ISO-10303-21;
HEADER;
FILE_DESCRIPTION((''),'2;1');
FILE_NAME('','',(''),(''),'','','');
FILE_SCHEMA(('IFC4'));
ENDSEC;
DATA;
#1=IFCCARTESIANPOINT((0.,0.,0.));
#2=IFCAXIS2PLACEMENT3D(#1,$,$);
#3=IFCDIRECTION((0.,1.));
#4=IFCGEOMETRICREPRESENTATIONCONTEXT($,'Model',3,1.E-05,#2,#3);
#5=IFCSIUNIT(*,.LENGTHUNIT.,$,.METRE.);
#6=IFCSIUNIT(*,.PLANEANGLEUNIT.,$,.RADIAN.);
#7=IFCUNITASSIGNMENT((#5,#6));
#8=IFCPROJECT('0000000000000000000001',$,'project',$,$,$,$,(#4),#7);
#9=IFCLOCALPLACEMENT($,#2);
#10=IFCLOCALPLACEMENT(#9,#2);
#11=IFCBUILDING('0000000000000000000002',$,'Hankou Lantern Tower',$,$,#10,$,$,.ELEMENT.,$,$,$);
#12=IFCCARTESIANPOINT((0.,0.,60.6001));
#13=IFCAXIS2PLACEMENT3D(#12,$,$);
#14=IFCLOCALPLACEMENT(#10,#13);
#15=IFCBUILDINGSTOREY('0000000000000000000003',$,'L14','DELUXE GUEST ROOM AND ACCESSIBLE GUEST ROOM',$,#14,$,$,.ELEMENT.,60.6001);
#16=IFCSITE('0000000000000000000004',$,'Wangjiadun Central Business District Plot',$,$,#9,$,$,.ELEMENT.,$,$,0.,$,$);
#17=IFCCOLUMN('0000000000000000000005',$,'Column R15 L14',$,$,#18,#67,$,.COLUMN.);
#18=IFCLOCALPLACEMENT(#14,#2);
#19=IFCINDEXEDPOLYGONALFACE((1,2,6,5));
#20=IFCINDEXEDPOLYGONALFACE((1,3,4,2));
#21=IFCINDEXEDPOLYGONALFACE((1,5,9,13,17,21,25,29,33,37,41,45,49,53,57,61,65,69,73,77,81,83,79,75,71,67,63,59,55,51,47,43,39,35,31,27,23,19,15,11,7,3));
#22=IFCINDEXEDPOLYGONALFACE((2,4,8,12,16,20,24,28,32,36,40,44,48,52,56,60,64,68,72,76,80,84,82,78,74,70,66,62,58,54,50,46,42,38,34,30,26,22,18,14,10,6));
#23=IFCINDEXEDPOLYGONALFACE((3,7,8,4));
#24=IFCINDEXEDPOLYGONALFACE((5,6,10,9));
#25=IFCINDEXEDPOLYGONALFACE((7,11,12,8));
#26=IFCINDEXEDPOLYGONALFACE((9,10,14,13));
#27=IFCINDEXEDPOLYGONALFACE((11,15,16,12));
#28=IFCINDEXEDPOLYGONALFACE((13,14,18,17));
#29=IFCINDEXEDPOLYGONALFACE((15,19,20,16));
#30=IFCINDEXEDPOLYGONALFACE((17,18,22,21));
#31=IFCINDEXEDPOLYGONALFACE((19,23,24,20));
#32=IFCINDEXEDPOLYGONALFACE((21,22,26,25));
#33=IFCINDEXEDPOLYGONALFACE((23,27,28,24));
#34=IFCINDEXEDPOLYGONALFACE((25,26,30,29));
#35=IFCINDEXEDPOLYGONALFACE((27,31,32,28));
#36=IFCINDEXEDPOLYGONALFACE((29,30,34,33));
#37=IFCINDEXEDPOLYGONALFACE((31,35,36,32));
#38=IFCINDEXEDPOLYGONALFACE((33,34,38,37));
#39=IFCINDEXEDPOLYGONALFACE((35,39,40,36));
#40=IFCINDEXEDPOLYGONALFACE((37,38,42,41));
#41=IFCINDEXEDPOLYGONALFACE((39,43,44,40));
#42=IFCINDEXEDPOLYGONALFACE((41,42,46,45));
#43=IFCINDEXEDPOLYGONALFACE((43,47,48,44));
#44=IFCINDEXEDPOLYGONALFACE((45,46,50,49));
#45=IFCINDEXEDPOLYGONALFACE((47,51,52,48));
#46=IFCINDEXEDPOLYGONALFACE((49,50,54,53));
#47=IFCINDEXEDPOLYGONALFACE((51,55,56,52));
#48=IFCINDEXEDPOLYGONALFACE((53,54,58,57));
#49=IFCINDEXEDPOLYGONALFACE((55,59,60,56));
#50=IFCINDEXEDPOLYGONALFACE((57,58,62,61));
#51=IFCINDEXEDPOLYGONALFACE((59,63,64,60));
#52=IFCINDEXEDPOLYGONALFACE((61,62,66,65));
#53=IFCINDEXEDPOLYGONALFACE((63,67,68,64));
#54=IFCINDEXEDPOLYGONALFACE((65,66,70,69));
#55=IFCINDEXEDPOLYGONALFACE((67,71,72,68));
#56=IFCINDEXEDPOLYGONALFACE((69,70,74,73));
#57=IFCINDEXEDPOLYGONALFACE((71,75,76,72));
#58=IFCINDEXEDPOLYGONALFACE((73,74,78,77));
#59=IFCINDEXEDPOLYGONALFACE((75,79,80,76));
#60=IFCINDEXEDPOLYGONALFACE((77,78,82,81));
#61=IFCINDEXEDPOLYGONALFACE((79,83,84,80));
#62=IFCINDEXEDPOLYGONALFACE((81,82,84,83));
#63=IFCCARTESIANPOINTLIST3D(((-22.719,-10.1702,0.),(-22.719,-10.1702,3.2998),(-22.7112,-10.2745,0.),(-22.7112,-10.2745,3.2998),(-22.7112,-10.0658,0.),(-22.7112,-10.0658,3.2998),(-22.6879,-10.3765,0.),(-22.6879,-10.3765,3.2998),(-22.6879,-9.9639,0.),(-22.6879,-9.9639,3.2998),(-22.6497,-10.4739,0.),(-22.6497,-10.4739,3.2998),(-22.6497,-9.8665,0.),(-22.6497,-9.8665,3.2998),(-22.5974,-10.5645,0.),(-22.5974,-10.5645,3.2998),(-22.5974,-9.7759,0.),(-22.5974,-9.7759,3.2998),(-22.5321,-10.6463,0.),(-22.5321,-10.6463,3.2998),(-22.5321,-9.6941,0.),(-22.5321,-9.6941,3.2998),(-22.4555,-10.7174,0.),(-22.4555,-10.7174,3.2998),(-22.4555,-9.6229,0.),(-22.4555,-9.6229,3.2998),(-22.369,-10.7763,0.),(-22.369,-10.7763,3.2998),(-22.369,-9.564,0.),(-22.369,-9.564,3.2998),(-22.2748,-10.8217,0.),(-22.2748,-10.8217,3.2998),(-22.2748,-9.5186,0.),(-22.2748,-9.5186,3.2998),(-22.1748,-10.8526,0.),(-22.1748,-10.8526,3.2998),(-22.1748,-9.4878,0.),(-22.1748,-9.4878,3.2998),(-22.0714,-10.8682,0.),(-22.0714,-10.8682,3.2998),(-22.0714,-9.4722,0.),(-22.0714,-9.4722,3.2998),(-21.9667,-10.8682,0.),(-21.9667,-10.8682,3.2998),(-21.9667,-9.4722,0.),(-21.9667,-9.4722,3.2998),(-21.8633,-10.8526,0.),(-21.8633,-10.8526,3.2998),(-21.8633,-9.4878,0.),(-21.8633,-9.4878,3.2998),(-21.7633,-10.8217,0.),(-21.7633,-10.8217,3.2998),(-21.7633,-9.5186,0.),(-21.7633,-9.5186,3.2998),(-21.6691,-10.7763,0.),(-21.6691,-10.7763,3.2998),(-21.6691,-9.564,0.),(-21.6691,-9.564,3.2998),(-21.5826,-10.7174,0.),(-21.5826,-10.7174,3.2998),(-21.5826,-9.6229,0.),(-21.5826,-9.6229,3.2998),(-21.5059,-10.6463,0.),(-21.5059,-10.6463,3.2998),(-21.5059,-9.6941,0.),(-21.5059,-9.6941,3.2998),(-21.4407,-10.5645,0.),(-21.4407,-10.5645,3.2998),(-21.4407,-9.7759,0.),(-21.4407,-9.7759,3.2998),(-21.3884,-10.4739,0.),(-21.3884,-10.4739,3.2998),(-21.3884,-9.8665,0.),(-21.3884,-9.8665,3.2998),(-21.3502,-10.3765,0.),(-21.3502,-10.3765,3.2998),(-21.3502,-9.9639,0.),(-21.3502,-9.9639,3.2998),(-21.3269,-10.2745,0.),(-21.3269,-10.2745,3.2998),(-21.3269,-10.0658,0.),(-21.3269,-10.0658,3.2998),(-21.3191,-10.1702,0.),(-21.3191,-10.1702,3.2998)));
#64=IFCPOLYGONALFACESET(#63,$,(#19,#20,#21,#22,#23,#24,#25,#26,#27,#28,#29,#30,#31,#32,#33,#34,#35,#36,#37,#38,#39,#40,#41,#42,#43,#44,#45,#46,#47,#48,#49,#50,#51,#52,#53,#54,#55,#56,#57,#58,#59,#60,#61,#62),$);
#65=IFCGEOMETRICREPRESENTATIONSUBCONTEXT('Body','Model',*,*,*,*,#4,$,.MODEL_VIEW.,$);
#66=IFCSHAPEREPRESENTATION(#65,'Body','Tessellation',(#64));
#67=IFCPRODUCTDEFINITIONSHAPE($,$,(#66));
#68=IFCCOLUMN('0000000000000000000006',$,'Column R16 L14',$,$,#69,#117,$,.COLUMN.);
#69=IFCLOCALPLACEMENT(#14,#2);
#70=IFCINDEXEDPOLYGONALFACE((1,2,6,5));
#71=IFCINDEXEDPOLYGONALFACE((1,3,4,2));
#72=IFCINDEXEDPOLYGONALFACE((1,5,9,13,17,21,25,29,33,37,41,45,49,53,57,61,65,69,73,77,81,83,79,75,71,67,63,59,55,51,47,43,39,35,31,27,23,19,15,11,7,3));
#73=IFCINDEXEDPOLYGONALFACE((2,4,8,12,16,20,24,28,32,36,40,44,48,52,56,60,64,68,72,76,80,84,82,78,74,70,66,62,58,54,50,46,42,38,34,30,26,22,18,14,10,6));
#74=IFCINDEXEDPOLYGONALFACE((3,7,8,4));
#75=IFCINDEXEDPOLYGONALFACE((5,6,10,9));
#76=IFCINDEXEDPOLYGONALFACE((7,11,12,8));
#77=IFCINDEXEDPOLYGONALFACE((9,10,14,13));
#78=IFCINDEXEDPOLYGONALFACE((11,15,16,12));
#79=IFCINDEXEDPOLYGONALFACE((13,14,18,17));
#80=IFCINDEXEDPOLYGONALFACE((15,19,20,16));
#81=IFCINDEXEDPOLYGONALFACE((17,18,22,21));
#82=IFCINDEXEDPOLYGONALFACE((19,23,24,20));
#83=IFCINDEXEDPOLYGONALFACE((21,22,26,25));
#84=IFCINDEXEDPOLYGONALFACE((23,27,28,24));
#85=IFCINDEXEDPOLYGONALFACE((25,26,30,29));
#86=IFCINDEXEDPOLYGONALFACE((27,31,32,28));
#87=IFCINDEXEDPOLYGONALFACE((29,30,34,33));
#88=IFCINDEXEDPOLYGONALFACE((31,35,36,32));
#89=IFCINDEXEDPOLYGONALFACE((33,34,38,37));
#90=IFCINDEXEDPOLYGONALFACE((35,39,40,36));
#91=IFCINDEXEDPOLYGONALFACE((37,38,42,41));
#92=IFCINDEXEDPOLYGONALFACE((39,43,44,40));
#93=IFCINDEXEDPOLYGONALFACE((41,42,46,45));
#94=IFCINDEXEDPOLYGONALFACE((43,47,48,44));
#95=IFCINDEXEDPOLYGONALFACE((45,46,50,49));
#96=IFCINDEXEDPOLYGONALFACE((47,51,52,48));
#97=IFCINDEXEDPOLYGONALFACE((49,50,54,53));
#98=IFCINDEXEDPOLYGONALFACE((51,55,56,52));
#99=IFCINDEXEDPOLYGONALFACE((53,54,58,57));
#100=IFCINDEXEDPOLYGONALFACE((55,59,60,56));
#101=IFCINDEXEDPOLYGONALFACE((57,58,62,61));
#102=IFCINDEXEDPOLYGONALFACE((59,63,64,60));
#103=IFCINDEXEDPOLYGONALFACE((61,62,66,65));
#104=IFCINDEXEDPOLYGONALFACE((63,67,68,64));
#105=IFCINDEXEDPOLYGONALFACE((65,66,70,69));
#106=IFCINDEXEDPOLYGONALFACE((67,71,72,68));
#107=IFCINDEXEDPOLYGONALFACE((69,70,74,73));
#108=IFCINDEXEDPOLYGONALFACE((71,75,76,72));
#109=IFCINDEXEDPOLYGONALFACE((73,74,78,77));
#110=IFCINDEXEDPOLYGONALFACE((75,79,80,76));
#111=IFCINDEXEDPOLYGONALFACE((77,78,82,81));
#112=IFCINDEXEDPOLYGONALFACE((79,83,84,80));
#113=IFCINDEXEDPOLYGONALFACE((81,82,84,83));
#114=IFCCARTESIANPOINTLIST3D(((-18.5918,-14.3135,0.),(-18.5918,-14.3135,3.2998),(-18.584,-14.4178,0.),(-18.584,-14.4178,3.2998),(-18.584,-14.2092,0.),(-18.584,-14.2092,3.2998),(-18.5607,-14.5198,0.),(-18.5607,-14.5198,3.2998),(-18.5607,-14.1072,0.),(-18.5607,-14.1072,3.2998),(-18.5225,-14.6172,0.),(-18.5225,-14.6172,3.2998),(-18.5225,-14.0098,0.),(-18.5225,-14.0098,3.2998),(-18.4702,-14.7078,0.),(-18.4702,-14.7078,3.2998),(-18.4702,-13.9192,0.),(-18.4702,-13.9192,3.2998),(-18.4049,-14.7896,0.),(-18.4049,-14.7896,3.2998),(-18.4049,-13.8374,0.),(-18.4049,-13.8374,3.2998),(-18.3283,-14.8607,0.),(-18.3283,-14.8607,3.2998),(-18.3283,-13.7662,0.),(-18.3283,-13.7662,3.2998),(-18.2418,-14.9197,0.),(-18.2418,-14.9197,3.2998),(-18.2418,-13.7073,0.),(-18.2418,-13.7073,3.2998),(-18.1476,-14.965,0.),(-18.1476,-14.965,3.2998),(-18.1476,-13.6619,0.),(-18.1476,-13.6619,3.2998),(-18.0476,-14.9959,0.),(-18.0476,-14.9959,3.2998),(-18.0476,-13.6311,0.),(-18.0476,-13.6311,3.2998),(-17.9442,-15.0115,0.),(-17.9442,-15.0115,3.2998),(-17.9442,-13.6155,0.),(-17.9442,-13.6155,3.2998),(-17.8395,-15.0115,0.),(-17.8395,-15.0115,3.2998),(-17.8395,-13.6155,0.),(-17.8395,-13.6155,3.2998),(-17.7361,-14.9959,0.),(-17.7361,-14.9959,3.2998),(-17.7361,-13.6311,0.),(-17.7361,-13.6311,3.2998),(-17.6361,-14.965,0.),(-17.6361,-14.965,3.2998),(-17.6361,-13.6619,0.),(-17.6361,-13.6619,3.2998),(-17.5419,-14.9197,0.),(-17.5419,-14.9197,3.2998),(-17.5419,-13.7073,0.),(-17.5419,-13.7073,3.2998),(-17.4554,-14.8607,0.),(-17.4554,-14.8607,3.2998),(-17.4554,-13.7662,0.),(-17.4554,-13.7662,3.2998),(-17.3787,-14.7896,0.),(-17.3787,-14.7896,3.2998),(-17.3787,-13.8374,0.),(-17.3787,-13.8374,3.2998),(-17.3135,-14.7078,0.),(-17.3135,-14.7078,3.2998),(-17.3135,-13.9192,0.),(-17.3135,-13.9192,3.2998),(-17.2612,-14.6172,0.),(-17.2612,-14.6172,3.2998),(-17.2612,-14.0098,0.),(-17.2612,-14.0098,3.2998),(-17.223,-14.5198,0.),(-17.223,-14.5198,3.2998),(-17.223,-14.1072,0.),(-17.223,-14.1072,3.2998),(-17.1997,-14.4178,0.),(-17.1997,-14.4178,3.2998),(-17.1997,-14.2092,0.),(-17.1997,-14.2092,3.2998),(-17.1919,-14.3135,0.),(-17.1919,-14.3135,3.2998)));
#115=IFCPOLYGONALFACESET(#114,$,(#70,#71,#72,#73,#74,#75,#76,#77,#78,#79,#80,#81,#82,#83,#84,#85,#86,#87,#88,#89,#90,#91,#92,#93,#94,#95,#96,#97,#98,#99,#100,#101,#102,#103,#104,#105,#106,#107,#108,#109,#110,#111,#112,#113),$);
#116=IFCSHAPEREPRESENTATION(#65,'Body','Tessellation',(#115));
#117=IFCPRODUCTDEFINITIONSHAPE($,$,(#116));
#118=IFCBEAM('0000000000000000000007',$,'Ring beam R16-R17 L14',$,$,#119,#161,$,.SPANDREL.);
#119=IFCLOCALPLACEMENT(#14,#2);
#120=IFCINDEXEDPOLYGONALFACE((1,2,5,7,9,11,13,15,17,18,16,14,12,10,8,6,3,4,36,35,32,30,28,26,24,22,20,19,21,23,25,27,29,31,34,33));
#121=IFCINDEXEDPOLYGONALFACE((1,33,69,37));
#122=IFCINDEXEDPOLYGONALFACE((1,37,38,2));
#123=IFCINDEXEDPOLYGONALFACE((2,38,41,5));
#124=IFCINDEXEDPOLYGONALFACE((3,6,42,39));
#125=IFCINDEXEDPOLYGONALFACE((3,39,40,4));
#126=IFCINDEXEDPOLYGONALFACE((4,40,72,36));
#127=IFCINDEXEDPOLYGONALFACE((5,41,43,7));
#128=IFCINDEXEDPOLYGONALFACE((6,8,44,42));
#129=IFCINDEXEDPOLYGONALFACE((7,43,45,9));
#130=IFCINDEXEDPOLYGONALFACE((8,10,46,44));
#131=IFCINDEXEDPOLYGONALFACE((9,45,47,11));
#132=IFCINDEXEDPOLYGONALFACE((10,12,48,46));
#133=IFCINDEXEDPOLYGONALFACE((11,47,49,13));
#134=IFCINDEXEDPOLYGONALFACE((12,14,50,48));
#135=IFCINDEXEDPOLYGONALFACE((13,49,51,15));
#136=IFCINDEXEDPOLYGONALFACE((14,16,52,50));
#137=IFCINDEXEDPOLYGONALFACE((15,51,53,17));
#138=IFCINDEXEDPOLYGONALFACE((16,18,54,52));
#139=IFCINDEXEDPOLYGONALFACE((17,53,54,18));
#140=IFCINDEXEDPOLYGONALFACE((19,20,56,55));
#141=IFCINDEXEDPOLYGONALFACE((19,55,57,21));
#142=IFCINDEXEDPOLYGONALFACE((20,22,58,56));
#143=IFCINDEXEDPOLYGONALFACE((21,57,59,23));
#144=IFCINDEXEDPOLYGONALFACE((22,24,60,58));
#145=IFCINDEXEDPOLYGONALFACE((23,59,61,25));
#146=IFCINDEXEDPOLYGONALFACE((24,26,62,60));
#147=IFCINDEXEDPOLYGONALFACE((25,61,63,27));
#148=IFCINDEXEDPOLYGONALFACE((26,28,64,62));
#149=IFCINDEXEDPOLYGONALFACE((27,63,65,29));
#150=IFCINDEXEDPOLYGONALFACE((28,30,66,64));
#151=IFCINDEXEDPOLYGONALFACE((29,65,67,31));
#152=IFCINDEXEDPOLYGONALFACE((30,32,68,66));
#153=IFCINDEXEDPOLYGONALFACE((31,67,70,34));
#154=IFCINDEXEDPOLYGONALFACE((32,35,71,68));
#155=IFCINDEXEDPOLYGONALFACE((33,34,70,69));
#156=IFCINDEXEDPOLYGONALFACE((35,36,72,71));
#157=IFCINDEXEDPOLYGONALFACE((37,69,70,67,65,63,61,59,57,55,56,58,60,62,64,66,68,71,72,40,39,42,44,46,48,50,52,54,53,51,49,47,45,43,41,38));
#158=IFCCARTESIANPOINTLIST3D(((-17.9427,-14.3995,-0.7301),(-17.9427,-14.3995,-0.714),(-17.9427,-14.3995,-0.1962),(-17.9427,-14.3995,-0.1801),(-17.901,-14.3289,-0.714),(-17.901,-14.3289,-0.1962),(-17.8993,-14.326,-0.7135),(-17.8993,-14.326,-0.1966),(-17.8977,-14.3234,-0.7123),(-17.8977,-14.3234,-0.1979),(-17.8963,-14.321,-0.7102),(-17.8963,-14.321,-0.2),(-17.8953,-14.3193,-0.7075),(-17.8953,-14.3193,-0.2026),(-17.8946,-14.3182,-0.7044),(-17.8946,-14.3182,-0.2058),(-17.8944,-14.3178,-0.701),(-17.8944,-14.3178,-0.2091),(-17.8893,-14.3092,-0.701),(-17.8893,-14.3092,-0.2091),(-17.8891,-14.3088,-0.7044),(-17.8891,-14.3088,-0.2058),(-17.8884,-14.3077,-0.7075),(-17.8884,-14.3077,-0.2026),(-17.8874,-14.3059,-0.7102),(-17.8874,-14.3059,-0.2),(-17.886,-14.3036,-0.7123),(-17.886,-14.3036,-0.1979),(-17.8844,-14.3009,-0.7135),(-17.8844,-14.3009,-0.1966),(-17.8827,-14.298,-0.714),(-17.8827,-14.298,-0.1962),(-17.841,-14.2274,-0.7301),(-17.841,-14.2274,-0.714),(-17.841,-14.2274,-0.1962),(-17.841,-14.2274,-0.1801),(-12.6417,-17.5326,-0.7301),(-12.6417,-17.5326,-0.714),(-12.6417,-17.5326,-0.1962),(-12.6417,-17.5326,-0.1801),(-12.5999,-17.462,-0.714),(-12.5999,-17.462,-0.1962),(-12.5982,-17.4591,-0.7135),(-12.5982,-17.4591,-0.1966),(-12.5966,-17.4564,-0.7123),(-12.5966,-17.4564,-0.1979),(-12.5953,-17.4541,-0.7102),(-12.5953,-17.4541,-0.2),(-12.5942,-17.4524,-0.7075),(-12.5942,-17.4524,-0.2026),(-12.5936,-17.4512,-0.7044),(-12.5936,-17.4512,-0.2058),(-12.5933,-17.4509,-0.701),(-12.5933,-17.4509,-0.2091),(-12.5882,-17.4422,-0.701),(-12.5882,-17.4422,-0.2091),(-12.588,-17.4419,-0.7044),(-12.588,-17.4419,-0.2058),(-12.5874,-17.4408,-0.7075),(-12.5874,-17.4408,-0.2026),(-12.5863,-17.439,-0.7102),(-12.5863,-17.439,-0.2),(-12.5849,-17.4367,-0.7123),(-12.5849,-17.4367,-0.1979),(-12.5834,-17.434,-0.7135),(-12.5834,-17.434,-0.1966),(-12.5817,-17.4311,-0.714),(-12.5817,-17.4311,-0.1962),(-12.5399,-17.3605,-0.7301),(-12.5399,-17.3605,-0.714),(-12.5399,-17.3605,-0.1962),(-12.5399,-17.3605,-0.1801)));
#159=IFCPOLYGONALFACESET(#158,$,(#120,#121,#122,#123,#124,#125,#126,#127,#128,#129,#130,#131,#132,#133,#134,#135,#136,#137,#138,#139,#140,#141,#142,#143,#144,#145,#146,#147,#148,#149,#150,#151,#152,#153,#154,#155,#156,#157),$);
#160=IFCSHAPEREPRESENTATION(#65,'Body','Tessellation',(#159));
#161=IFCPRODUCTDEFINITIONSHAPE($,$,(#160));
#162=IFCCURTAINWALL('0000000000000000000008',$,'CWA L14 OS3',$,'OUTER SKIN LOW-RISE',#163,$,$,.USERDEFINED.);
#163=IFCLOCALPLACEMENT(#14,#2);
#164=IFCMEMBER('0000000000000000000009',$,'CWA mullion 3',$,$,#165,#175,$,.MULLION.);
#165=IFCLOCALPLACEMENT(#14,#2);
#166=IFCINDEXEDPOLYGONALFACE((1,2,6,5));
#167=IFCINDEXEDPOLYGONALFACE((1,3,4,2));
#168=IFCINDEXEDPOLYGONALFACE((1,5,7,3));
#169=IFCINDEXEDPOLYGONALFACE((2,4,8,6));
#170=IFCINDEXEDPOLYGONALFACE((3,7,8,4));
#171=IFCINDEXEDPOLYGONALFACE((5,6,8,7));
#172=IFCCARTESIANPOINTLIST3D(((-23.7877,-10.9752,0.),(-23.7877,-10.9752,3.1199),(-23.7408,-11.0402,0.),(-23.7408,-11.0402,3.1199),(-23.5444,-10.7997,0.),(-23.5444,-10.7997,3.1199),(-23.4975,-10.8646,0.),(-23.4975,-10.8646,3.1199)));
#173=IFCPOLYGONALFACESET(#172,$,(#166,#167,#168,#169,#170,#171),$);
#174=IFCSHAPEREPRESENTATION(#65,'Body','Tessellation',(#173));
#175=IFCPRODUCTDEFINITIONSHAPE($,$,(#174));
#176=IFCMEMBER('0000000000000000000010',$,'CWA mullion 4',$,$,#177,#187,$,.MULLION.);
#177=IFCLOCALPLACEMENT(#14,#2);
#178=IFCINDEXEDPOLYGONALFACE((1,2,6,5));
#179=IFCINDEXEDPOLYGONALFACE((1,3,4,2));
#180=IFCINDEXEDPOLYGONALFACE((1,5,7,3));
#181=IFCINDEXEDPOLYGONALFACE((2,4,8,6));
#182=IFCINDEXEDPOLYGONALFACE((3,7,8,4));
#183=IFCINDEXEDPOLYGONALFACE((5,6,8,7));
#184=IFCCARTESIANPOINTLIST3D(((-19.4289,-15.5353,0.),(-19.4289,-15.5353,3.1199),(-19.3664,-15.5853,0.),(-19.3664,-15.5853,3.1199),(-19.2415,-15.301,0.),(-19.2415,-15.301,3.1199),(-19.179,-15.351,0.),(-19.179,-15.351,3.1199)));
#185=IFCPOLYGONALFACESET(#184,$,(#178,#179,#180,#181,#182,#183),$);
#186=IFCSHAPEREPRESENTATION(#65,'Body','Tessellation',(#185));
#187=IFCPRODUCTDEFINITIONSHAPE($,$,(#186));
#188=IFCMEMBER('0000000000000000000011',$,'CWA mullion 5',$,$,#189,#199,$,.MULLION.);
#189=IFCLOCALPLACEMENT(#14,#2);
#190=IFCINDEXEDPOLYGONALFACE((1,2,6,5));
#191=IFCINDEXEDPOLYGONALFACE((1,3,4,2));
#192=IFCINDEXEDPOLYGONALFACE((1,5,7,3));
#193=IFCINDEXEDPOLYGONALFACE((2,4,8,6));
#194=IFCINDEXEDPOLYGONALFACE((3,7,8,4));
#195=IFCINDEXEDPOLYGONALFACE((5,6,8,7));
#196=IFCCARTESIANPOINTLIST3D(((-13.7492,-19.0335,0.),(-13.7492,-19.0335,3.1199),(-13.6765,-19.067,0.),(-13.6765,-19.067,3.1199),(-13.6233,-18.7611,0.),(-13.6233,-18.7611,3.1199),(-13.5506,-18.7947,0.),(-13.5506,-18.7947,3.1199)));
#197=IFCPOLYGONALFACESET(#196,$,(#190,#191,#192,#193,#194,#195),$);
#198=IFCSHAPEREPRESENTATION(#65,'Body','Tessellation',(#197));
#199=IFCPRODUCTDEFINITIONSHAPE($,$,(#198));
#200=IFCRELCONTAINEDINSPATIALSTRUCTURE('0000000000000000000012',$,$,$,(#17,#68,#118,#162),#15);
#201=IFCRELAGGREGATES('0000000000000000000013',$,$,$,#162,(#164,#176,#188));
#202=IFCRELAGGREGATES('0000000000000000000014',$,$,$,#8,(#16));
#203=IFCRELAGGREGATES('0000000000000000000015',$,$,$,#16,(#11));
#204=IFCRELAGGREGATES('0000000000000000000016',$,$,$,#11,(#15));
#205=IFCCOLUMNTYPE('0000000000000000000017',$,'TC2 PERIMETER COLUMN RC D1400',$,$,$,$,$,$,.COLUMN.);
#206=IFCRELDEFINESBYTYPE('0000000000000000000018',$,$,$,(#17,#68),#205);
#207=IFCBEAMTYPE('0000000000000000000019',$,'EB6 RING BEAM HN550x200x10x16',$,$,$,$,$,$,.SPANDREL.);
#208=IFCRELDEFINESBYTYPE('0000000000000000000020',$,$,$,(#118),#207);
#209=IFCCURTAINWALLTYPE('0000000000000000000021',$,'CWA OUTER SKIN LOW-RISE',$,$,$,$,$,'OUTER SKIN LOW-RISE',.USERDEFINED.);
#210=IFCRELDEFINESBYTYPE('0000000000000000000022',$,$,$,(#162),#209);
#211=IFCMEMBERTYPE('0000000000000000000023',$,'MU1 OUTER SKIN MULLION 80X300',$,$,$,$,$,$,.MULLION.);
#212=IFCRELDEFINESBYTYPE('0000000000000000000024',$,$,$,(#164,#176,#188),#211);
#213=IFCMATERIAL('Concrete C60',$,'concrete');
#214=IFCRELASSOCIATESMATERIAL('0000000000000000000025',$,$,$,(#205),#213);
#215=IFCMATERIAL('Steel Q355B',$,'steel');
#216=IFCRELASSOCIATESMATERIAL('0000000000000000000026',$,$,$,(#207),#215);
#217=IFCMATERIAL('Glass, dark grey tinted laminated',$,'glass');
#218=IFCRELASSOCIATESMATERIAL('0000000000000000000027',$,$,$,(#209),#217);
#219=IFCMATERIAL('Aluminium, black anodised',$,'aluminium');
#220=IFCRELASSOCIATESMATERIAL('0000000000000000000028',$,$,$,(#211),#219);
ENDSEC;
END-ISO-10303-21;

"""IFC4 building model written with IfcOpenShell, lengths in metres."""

from ifc_helpers import new_model, si_unit, direction, frame, origin, origin_2d, place, context, subcontext, project, spatial, rectangle, circle, i_section, extrude, material, material_profile, profile_set, type_object, element, aggregate, save


model = new_model("IFC4")

# Units and contexts
model_context = context("Model", 3, precision=1e-05, world=origin(), true_north=direction((0.0, 1.0)))
body_context = subcontext(model_context, "Body", "Model", "MODEL_VIEW")
ifc_project = project(units=[si_unit("LENGTHUNIT", "METRE"), si_unit("PLANEANGLEUNIT", "RADIAN")], contexts=[model_context])

# Site, building, storey
site_placement = place(None, origin())
site = spatial("IfcSite", under=ifc_project, at=site_placement, Name="Wangjiadun Central Business District Plot", CompositionType="ELEMENT", RefElevation=0.0)
building_placement = place(site_placement, origin())
building = spatial("IfcBuilding", under=site, at=building_placement, Name="Hankou Lantern Tower", CompositionType="ELEMENT")
storey_placement = place(building_placement, frame((0.0, 0.0, 60.6001)))
storey = spatial("IfcBuildingStorey", under=building, at=storey_placement, Name="L14", Description="DELUXE GUEST ROOM AND ACCESSIBLE GUEST ROOM", CompositionType="ELEMENT", Elevation=60.6001)

# Columns
ifc_material_1 = material(Name="Concrete C60", Category="concrete")
ifc_material_profile_1 = material_profile(ifc_material_1, circle(Radius=0.7, at=origin_2d()), Name="RC D1400")
ifc_profile_set_1 = profile_set([ifc_material_profile_1], Name="Concrete C60")
column_type = type_object("IfcColumnType", Name="TC2 PERIMETER COLUMN RC D1400", PredefinedType="COLUMN", material=ifc_profile_set_1)
for number, where, z_axis, x_axis, name in (
    (1, (-22.019, -10.1702, 0.0), (0.0, 0.0, 1.0), (1.0, 0.0, 0.0), "Column R15 L14"),
    (2, (-17.8918, -14.3135, 0.0), (0.0, 0.0, 1.0), (1.0, 0.0, 0.0), "Column R16 L14"),
):
    element("IfcColumn", number, at=place(storey_placement, frame(where, z_axis=z_axis, x_axis=x_axis)), inside=storey, type_object=column_type, Name=name, PredefinedType="COLUMN", context=body_context, shape_type="SweptSolid", body=[
        extrude(circle(Radius=0.7, at=origin_2d()), origin(), (0.0, 0.0, 1.0), 3.2998),
    ])

# Beam
ifc_material_2 = material(Name="Steel Q355B", Category="steel")
ifc_material_profile_2 = material_profile(ifc_material_2, i_section(OverallWidth=0.2, OverallDepth=0.55, WebThickness=0.01, FlangeThickness=0.0161, FilletRadius=0.0129, at=origin_2d()), Name="HN550x200x10x16")
ifc_profile_set_2 = profile_set([ifc_material_profile_2], Name="Steel Q355B")
beam_type_1 = type_object("IfcBeamType", Name="EB6 RING BEAM HN550x200x10x16", PredefinedType="SPANDREL", material=ifc_profile_set_2)
beam_1_placement = place(storey_placement, frame((-17.8918, -14.3135, -0.4551), z_axis=(0.860882, -0.508805, 0.0), x_axis=(0.508805, 0.860882, 0.0)))
element("IfcBeam", 3, at=beam_1_placement, inside=storey, type_object=beam_type_1, Name="Ring beam R16-R17 L14", PredefinedType="SPANDREL", context=body_context, shape_type="SweptSolid", body=[
    extrude(i_section(OverallWidth=0.2, OverallDepth=0.55, WebThickness=0.01, FlangeThickness=0.0161, FilletRadius=0.0129, at=origin_2d()), origin(), (0.0, 0.0, 1.0), 6.1577),
])

# Curtain wall, members
ifc_material_3 = material(Name="Glass, dark grey tinted laminated", Category="glass")
curtain_wall_type = type_object("IfcCurtainWallType", Name="CWA OUTER SKIN LOW-RISE", ElementType="OUTER SKIN LOW-RISE", PredefinedType="USERDEFINED", material=ifc_material_3)
curtain_wall_placement = place(storey_placement, origin())
curtain_wall = element("IfcCurtainWall", 4, at=curtain_wall_placement, inside=storey, type_object=curtain_wall_type, Name="CWA L14 OS3", ObjectType="OUTER SKIN LOW-RISE", PredefinedType="USERDEFINED")
ifc_material_4 = material(Name="Aluminium, black anodised", Category="aluminium")
ifc_material_profile_3 = material_profile(ifc_material_4, rectangle(XDim=0.0801, YDim=0.3, at=origin_2d()), Name="MU1 80X300")
ifc_profile_set_3 = profile_set([ifc_material_profile_3], Name="Aluminium, black anodised")
member_type_1 = type_object("IfcMemberType", Name="MU1 OUTER SKIN MULLION 80X300", PredefinedType="MULLION", material=ifc_profile_set_3)
member_1_placement = place(storey_placement, frame((-23.6426, -10.9199, 0.0), z_axis=(0.0, 0.0, 1.0), x_axis=(0.585206, -0.810885, 0.0)))
member_1 = element("IfcMember", 5, at=member_1_placement, type_object=member_type_1, Name="CWA mullion 3", PredefinedType="MULLION", context=body_context, shape_type="SweptSolid", body=[
    extrude(rectangle(XDim=0.0801, YDim=0.3, at=origin_2d()), origin(), (0.0, 0.0, 1.0), 3.1199),
])
member_2_placement = place(storey_placement, frame((-19.304, -15.4431, 0.0), z_axis=(0.0, 0.0, 1.0), x_axis=(0.780869, -0.624695, 0.0)))
member_2 = element("IfcMember", 6, at=member_2_placement, type_object=member_type_1, Name="CWA mullion 4", PredefinedType="MULLION", context=body_context, shape_type="SweptSolid", body=[
    extrude(rectangle(XDim=0.0801, YDim=0.3, at=origin_2d()), origin(), (0.0, 0.0, 1.0), 3.1199),
])
member_3_placement = place(storey_placement, frame((-13.6499, -18.9141, 0.0), z_axis=(0.0, 0.0, 1.0), x_axis=(0.907841, -0.419314, 0.0)))
member_3 = element("IfcMember", 7, at=member_3_placement, type_object=member_type_1, Name="CWA mullion 5", PredefinedType="MULLION", context=body_context, shape_type="SweptSolid", body=[
    extrude(rectangle(XDim=0.0801, YDim=0.3, at=origin_2d()), origin(), (0.0, 0.0, 1.0), 3.1199),
])

aggregate(curtain_wall, [member_1, member_2, member_3])

save(model, "model.ifc")
